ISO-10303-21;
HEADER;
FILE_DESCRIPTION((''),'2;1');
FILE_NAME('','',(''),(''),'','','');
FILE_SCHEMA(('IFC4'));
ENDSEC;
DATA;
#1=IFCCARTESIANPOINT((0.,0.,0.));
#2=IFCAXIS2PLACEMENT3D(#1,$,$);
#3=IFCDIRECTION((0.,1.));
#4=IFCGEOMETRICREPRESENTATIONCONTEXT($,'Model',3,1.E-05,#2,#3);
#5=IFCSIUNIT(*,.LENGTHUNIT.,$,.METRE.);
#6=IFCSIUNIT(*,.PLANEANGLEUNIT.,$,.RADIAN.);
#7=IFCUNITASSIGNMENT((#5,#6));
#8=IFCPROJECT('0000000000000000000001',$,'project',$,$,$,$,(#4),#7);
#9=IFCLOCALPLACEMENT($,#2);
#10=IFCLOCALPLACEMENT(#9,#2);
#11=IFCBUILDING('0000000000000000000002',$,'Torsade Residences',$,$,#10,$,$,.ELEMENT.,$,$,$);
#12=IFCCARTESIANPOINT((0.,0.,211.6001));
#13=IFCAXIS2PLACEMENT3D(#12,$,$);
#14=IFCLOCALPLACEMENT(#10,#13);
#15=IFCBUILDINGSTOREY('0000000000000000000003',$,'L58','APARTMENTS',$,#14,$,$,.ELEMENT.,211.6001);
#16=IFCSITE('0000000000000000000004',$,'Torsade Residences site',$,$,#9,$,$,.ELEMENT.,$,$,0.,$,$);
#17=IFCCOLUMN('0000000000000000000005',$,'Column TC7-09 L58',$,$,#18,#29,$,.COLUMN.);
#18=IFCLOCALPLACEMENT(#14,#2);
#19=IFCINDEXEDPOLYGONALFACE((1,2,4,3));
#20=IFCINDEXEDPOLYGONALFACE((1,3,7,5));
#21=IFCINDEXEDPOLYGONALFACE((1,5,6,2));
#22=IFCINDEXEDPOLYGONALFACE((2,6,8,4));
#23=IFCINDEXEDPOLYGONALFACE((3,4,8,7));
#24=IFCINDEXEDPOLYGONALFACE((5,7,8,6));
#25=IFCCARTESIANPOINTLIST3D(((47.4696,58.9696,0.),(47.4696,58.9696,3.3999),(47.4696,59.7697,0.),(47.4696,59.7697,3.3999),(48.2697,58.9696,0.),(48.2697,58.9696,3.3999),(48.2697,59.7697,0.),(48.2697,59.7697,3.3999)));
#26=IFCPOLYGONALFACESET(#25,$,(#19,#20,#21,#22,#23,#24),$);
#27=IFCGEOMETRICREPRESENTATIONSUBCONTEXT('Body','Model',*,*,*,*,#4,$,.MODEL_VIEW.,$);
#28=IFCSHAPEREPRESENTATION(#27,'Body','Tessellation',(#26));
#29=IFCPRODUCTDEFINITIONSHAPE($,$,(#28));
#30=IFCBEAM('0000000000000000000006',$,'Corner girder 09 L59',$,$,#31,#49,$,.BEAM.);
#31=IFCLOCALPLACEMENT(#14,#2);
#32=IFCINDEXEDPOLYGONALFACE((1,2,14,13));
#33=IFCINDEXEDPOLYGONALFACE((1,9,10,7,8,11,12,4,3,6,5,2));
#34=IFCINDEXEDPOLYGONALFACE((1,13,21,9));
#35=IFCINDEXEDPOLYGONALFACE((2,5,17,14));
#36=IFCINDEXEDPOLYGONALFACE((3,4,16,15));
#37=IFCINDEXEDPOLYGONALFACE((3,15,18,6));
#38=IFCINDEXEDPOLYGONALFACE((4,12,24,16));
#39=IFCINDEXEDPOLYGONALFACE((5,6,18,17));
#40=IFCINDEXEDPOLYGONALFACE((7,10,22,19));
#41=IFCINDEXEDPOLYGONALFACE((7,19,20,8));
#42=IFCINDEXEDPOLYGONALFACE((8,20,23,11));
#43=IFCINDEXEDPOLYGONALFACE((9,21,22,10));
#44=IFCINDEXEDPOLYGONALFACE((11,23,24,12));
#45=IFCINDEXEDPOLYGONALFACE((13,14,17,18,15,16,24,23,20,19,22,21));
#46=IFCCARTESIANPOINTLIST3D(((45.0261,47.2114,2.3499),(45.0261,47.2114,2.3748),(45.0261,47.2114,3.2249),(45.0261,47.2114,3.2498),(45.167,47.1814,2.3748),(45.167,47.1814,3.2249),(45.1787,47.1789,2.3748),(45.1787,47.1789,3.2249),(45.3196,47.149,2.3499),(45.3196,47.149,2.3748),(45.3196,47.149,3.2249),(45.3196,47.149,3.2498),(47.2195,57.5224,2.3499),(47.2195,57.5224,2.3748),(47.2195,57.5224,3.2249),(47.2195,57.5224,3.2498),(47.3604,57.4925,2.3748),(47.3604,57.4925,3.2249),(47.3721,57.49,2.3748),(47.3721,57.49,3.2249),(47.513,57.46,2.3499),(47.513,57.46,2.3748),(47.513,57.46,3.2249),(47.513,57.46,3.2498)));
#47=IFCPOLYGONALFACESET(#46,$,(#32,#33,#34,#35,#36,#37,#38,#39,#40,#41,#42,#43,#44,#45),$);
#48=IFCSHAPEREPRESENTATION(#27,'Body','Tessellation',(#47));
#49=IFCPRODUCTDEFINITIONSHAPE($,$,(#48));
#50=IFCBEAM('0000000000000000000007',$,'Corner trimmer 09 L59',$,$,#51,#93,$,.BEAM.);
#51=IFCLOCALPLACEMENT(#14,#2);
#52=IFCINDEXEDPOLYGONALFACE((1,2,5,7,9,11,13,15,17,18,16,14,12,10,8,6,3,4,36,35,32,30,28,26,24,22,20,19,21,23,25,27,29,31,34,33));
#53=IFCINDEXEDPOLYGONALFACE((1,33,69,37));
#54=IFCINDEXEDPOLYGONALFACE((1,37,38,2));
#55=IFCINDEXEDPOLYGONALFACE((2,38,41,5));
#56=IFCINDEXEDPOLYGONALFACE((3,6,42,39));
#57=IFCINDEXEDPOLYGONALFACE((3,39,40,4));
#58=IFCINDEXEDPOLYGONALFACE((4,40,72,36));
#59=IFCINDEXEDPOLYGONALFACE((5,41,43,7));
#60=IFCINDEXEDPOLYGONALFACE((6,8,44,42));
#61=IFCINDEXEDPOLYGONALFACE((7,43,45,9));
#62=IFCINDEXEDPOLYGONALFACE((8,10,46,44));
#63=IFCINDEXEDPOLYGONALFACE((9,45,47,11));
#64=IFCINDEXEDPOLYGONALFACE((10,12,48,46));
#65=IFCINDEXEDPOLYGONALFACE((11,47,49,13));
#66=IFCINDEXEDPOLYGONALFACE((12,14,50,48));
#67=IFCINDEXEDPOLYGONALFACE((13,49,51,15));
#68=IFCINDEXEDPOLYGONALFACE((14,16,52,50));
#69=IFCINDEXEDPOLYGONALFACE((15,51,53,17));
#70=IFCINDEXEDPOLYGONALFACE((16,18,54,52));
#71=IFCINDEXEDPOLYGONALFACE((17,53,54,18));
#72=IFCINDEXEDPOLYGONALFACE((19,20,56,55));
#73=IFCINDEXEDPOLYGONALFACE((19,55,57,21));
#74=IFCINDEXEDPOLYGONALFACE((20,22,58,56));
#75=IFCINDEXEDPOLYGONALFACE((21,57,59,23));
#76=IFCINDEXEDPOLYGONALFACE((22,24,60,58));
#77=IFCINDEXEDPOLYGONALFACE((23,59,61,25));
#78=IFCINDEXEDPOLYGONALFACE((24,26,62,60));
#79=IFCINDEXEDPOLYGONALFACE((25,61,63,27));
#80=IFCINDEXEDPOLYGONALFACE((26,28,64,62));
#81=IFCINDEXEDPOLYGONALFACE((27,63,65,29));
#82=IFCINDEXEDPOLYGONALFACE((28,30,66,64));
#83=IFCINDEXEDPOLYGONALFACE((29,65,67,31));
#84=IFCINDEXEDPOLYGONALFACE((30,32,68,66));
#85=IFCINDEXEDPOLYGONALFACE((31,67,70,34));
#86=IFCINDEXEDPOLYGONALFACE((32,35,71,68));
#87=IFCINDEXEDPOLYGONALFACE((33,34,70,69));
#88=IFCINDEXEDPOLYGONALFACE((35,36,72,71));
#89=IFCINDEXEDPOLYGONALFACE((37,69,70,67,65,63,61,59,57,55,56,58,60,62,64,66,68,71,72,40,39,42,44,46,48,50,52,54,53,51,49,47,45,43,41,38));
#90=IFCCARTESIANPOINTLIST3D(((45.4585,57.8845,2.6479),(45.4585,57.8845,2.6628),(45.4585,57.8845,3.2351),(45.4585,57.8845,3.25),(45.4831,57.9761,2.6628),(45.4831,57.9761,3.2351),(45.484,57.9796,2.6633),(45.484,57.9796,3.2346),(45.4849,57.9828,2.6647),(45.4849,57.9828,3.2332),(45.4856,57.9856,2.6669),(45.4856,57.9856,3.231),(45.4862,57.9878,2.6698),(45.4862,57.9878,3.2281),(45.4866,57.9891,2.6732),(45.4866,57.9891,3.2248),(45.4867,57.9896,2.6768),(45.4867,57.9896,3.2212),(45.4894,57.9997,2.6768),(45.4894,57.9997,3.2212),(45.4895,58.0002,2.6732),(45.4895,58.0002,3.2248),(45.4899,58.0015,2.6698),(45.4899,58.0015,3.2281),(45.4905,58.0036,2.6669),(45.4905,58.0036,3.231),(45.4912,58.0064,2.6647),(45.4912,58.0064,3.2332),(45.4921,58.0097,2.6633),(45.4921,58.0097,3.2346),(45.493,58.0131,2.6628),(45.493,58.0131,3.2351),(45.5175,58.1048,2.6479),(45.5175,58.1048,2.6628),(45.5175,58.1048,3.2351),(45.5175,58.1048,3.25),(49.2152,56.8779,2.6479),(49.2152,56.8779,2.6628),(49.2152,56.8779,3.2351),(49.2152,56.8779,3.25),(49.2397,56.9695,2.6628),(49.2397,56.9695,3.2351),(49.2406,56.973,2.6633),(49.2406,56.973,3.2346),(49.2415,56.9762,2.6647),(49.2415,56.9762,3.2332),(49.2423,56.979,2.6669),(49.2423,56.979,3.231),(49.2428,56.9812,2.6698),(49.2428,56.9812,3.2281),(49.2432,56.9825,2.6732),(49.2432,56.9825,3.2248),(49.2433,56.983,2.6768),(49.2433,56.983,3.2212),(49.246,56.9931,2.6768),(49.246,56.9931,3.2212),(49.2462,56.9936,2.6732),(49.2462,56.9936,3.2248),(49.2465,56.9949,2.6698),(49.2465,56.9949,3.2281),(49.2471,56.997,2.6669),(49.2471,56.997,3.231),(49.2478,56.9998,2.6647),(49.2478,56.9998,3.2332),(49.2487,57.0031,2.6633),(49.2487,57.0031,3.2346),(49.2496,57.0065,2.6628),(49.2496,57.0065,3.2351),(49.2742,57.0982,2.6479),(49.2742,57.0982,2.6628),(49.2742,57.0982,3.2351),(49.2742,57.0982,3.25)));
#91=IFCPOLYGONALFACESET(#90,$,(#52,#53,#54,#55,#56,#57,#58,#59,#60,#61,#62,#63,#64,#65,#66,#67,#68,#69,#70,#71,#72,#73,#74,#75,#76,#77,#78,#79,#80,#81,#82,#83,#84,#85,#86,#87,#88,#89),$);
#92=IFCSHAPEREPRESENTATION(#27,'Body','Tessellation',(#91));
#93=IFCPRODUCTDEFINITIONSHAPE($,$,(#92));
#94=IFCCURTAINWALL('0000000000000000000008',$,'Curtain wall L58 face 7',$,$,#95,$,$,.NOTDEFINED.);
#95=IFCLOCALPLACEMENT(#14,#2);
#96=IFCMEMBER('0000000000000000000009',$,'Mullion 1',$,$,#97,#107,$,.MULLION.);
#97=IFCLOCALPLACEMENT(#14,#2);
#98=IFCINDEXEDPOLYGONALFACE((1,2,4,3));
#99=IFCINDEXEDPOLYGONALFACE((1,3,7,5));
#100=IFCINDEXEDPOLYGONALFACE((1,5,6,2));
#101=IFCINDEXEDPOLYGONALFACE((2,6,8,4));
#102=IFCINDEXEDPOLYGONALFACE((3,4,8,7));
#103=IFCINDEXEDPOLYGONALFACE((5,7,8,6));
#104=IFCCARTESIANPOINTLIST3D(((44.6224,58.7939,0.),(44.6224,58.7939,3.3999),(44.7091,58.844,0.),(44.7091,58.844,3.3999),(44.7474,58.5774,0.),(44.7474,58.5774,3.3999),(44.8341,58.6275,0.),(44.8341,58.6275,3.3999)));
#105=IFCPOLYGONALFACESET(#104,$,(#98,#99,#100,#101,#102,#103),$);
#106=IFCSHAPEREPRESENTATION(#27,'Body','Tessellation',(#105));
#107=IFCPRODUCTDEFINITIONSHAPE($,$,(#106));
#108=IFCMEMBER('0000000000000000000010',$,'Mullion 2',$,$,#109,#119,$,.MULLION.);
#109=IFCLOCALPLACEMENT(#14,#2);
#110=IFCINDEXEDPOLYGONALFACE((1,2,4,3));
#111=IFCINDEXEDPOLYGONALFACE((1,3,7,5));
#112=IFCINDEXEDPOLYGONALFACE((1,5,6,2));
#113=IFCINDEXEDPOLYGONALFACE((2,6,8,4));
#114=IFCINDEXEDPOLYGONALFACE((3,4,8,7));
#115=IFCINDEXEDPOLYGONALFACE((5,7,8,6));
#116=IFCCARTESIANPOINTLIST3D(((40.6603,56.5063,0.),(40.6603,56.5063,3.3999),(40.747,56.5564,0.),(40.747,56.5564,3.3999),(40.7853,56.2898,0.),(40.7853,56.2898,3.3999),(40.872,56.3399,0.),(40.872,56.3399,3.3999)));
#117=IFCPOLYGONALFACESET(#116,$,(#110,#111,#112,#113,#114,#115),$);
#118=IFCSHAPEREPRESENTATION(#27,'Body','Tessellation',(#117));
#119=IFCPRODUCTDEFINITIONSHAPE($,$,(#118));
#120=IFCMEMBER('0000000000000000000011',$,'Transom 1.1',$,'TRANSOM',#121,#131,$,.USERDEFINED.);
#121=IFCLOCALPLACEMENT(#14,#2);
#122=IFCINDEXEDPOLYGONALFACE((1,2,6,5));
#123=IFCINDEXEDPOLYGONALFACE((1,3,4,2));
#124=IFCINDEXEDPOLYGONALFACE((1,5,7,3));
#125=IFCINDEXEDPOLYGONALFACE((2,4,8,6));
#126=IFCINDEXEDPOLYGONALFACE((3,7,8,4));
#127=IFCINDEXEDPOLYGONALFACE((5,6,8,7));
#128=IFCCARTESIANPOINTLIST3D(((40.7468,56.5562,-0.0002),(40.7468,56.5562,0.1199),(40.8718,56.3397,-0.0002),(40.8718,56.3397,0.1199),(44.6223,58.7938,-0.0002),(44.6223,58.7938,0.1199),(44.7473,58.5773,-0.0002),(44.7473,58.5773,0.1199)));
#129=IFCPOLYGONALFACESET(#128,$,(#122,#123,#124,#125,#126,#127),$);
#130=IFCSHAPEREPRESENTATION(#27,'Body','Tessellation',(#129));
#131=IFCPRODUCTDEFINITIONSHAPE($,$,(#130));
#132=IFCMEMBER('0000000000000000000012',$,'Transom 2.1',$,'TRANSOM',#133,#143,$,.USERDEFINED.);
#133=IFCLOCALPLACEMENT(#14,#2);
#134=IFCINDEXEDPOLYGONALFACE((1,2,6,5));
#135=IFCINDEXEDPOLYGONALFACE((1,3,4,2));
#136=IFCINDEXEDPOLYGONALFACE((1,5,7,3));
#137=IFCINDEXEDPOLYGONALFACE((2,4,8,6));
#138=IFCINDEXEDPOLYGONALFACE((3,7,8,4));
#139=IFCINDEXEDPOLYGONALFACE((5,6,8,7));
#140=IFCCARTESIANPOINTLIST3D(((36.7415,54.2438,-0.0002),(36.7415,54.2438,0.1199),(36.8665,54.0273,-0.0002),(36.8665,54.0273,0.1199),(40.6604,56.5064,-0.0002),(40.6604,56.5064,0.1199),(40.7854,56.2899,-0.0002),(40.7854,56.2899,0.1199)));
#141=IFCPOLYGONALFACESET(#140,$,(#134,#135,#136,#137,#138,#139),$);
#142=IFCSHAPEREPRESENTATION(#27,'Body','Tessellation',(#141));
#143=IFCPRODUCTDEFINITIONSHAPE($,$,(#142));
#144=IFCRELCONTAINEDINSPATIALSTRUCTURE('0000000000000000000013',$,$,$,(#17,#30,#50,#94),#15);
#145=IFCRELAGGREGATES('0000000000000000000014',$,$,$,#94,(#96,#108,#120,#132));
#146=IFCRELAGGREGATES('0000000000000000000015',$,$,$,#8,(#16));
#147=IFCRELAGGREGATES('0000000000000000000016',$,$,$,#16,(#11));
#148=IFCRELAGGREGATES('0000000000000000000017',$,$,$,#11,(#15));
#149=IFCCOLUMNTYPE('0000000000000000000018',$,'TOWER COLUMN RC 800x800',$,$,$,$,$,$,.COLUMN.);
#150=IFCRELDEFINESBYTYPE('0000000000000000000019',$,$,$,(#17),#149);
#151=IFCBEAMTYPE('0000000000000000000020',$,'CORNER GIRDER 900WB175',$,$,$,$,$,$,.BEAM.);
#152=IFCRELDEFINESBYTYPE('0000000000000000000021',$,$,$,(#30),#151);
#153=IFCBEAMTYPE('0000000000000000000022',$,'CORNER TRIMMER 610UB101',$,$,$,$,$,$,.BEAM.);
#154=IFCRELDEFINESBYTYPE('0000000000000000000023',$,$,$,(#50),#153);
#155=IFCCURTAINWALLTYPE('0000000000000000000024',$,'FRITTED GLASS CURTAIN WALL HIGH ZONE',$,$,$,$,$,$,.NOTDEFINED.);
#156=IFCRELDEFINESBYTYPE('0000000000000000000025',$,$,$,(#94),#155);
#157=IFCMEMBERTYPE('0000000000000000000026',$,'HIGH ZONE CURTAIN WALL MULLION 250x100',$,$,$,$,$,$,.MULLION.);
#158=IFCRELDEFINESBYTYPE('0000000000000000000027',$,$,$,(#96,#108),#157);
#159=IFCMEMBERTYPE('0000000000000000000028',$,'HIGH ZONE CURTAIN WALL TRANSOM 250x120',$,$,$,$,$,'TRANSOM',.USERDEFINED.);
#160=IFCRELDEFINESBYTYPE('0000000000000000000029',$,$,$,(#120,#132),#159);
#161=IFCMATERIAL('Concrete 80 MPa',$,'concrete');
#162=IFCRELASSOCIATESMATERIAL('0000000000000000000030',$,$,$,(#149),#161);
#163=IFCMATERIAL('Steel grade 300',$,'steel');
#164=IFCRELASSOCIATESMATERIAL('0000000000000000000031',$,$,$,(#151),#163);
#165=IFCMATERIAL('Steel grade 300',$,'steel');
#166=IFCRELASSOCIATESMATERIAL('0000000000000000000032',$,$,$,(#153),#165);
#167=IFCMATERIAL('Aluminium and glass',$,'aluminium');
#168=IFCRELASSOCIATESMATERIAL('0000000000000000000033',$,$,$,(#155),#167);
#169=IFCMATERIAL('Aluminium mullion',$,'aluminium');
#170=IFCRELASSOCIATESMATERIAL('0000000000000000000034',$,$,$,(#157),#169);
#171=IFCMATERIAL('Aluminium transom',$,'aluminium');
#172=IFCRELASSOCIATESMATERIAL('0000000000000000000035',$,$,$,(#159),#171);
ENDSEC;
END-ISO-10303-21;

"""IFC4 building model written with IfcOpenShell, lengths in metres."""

from ifc_helpers import new_model, si_unit, direction, frame, origin, origin_2d, place, context, subcontext, project, spatial, rectangle, i_section, extrude, material, material_profile, profile_set, type_object, element, aggregate, save


model = new_model("IFC4")

# Units and contexts
model_context = context("Model", 3, precision=1e-05, world=origin(), true_north=direction((0.0, 1.0)))
body_context = subcontext(model_context, "Body", "Model", "MODEL_VIEW")
ifc_project = project(units=[si_unit("LENGTHUNIT", "METRE"), si_unit("PLANEANGLEUNIT", "RADIAN")], contexts=[model_context])

# Site, building, storey
site_placement = place(None, origin())
site = spatial("IfcSite", under=ifc_project, at=site_placement, Name="Torsade Residences site", CompositionType="ELEMENT", RefElevation=0.0)
building_placement = place(site_placement, origin())
building = spatial("IfcBuilding", under=site, at=building_placement, Name="Torsade Residences", CompositionType="ELEMENT")
storey_placement = place(building_placement, frame((0.0, 0.0, 211.6001)))
storey = spatial("IfcBuildingStorey", under=building, at=storey_placement, Name="L58", Description="APARTMENTS", CompositionType="ELEMENT", Elevation=211.6001)

# Column
ifc_material_1 = material(Name="Concrete 80 MPa", Category="concrete")
ifc_material_profile_1 = material_profile(ifc_material_1, rectangle(XDim=0.8, YDim=0.8, at=origin_2d()), Name="RC 800x800")
ifc_profile_set_1 = profile_set([ifc_material_profile_1], Name="Concrete 80 MPa")
column_type = type_object("IfcColumnType", Name="TOWER COLUMN RC 800x800", PredefinedType="COLUMN", material=ifc_profile_set_1)
column_placement = place(storey_placement, frame((47.8696, 59.3696, 0.0), z_axis=(0.0, 0.0, 1.0), x_axis=(1.0, 0.0, 0.0)))
element("IfcColumn", 1, at=column_placement, inside=storey, type_object=column_type, Name="Column TC7-09 L58", PredefinedType="COLUMN", context=body_context, shape_type="SweptSolid", body=[
    extrude(rectangle(XDim=0.8, YDim=0.8, at=origin_2d()), origin(), (0.0, 0.0, 1.0), 3.3999),
])

# Beams
ifc_material_2 = material(Name="Steel grade 300", Category="steel")
ifc_material_profile_2 = material_profile(ifc_material_2, i_section(OverallWidth=0.3, OverallDepth=0.8999, WebThickness=0.012, FlangeThickness=0.0249, at=origin_2d()), Name="900WB175")
ifc_profile_set_2 = profile_set([ifc_material_profile_2], Name="Steel grade 300")
beam_type_1 = type_object("IfcBeamType", Name="CORNER GIRDER 900WB175", PredefinedType="BEAM", material=ifc_profile_set_2)
beam_1_placement = place(storey_placement, frame((47.3662, 57.4912, 2.7998), z_axis=(-0.208064, -0.978115, 0.0), x_axis=(0.978115, -0.208064, 0.0)))
element("IfcBeam", 2, at=beam_1_placement, inside=storey, type_object=beam_type_1, Name="Corner girder 09 L59", PredefinedType="BEAM", context=body_context, shape_type="SweptSolid", body=[
    extrude(i_section(OverallWidth=0.3, OverallDepth=0.8999, WebThickness=0.012, FlangeThickness=0.0249, at=origin_2d()), origin(), (0.0, 0.0, 1.0), 10.5417),
])
ifc_material_3 = material(Name="Steel grade 300", Category="steel")
ifc_material_profile_3 = material_profile(ifc_material_3, i_section(OverallWidth=0.228, OverallDepth=0.6021, WebThickness=0.0105, FlangeThickness=0.0149, FilletRadius=0.0139, at=origin_2d()), Name="610UB101")
ifc_profile_set_3 = profile_set([ifc_material_profile_3], Name="Steel grade 300")
beam_type_2 = type_object("IfcBeamType", Name="CORNER TRIMMER 610UB101", PredefinedType="BEAM", material=ifc_profile_set_3)
beam_2_placement = place(storey_placement, frame((45.488, 57.9946, 2.949), z_axis=(0.965925, -0.258823, 0.0), x_axis=(0.258823, 0.965925, 0.0)))
element("IfcBeam", 3, at=beam_2_placement, inside=storey, type_object=beam_type_2, Name="Corner trimmer 09 L59", PredefinedType="BEAM", context=body_context, shape_type="SweptSolid", body=[
    extrude(i_section(OverallWidth=0.228, OverallDepth=0.6021, WebThickness=0.0105, FlangeThickness=0.0149, FilletRadius=0.0139, at=origin_2d()), origin(), (0.0, 0.0, 1.0), 3.8892),
])

# Curtain wall, members
ifc_material_4 = material(Name="Aluminium and glass", Category="aluminium")
curtain_wall_type = type_object("IfcCurtainWallType", Name="FRITTED GLASS CURTAIN WALL HIGH ZONE", PredefinedType="NOTDEFINED", material=ifc_material_4)
curtain_wall_placement = place(storey_placement, origin())
curtain_wall = element("IfcCurtainWall", 4, at=curtain_wall_placement, inside=storey, type_object=curtain_wall_type, Name="Curtain wall L58 face 7", PredefinedType="NOTDEFINED")
ifc_material_5 = material(Name="Aluminium mullion", Category="aluminium")
ifc_material_profile_4 = material_profile(ifc_material_5, rectangle(XDim=0.25, YDim=0.1001, at=origin_2d()), Name="HIGH ZONE CURTAIN WALL MULLION 250x100")
ifc_profile_set_4 = profile_set([ifc_material_profile_4], Name="Aluminium mullion")
member_type_1 = type_object("IfcMemberType", Name="HIGH ZONE CURTAIN WALL MULLION 250x100", PredefinedType="MULLION", material=ifc_profile_set_4)
member_1_placement = place(storey_placement, frame((44.7283, 58.7107, 0.0), z_axis=(0.0, 0.0, 1.0), x_axis=(0.5, -0.866025, 0.0)))
member_1 = element("IfcMember", 5, at=member_1_placement, type_object=member_type_1, Name="Mullion 1", PredefinedType="MULLION", context=body_context, shape_type="SweptSolid", body=[
    extrude(rectangle(XDim=0.25, YDim=0.1001, at=origin_2d()), origin(), (0.0, 0.0, 1.0), 3.3999),
])
member_2_placement = place(storey_placement, frame((40.7661, 56.4231, 0.0), z_axis=(0.0, 0.0, 1.0), x_axis=(0.5, -0.866025, 0.0)))
member_2 = element("IfcMember", 6, at=member_2_placement, type_object=member_type_1, Name="Mullion 2", PredefinedType="MULLION", context=body_context, shape_type="SweptSolid", body=[
    extrude(rectangle(XDim=0.25, YDim=0.1001, at=origin_2d()), origin(), (0.0, 0.0, 1.0), 3.3999),
])
ifc_material_6 = material(Name="Aluminium transom", Category="aluminium")
ifc_material_profile_5 = material_profile(ifc_material_6, rectangle(XDim=0.25, YDim=0.1201, at=origin_2d()), Name="HIGH ZONE CURTAIN WALL TRANSOM 250x120")
ifc_profile_set_5 = profile_set([ifc_material_profile_5], Name="Aluminium transom")
member_type_2 = type_object("IfcMemberType", Name="HIGH ZONE CURTAIN WALL TRANSOM 250x120", ElementType="TRANSOM", PredefinedType="USERDEFINED", material=ifc_profile_set_5)
member_3_placement = place(storey_placement, frame((44.6848, 58.6855, 0.0598), z_axis=(-0.866022, -0.500006, 0.0), x_axis=(0.500006, -0.866022, 0.0)))
member_3 = element("IfcMember", 7, at=member_3_placement, type_object=member_type_2, Name="Transom 1.1", ObjectType="TRANSOM", PredefinedType="USERDEFINED", context=body_context, shape_type="SweptSolid", body=[
    extrude(rectangle(XDim=0.25, YDim=0.1201, at=origin_2d()), origin(), (0.0, 0.0, 1.0), 4.4751),
])
member_4_placement = place(storey_placement, frame((40.7229, 56.3982, 0.0598), z_axis=(-0.866017, -0.500015, 0.0), x_axis=(0.500015, -0.866017, 0.0)))
member_4 = element("IfcMember", 8, at=member_4_placement, type_object=member_type_2, Name="Transom 2.1", ObjectType="TRANSOM", PredefinedType="USERDEFINED", context=body_context, shape_type="SweptSolid", body=[
    extrude(rectangle(XDim=0.25, YDim=0.1201, at=origin_2d()), origin(), (0.0, 0.0, 1.0), 4.5251),
])

aggregate(curtain_wall, [member_1, member_2, member_3, member_4])

save(model, "model.ifc")
